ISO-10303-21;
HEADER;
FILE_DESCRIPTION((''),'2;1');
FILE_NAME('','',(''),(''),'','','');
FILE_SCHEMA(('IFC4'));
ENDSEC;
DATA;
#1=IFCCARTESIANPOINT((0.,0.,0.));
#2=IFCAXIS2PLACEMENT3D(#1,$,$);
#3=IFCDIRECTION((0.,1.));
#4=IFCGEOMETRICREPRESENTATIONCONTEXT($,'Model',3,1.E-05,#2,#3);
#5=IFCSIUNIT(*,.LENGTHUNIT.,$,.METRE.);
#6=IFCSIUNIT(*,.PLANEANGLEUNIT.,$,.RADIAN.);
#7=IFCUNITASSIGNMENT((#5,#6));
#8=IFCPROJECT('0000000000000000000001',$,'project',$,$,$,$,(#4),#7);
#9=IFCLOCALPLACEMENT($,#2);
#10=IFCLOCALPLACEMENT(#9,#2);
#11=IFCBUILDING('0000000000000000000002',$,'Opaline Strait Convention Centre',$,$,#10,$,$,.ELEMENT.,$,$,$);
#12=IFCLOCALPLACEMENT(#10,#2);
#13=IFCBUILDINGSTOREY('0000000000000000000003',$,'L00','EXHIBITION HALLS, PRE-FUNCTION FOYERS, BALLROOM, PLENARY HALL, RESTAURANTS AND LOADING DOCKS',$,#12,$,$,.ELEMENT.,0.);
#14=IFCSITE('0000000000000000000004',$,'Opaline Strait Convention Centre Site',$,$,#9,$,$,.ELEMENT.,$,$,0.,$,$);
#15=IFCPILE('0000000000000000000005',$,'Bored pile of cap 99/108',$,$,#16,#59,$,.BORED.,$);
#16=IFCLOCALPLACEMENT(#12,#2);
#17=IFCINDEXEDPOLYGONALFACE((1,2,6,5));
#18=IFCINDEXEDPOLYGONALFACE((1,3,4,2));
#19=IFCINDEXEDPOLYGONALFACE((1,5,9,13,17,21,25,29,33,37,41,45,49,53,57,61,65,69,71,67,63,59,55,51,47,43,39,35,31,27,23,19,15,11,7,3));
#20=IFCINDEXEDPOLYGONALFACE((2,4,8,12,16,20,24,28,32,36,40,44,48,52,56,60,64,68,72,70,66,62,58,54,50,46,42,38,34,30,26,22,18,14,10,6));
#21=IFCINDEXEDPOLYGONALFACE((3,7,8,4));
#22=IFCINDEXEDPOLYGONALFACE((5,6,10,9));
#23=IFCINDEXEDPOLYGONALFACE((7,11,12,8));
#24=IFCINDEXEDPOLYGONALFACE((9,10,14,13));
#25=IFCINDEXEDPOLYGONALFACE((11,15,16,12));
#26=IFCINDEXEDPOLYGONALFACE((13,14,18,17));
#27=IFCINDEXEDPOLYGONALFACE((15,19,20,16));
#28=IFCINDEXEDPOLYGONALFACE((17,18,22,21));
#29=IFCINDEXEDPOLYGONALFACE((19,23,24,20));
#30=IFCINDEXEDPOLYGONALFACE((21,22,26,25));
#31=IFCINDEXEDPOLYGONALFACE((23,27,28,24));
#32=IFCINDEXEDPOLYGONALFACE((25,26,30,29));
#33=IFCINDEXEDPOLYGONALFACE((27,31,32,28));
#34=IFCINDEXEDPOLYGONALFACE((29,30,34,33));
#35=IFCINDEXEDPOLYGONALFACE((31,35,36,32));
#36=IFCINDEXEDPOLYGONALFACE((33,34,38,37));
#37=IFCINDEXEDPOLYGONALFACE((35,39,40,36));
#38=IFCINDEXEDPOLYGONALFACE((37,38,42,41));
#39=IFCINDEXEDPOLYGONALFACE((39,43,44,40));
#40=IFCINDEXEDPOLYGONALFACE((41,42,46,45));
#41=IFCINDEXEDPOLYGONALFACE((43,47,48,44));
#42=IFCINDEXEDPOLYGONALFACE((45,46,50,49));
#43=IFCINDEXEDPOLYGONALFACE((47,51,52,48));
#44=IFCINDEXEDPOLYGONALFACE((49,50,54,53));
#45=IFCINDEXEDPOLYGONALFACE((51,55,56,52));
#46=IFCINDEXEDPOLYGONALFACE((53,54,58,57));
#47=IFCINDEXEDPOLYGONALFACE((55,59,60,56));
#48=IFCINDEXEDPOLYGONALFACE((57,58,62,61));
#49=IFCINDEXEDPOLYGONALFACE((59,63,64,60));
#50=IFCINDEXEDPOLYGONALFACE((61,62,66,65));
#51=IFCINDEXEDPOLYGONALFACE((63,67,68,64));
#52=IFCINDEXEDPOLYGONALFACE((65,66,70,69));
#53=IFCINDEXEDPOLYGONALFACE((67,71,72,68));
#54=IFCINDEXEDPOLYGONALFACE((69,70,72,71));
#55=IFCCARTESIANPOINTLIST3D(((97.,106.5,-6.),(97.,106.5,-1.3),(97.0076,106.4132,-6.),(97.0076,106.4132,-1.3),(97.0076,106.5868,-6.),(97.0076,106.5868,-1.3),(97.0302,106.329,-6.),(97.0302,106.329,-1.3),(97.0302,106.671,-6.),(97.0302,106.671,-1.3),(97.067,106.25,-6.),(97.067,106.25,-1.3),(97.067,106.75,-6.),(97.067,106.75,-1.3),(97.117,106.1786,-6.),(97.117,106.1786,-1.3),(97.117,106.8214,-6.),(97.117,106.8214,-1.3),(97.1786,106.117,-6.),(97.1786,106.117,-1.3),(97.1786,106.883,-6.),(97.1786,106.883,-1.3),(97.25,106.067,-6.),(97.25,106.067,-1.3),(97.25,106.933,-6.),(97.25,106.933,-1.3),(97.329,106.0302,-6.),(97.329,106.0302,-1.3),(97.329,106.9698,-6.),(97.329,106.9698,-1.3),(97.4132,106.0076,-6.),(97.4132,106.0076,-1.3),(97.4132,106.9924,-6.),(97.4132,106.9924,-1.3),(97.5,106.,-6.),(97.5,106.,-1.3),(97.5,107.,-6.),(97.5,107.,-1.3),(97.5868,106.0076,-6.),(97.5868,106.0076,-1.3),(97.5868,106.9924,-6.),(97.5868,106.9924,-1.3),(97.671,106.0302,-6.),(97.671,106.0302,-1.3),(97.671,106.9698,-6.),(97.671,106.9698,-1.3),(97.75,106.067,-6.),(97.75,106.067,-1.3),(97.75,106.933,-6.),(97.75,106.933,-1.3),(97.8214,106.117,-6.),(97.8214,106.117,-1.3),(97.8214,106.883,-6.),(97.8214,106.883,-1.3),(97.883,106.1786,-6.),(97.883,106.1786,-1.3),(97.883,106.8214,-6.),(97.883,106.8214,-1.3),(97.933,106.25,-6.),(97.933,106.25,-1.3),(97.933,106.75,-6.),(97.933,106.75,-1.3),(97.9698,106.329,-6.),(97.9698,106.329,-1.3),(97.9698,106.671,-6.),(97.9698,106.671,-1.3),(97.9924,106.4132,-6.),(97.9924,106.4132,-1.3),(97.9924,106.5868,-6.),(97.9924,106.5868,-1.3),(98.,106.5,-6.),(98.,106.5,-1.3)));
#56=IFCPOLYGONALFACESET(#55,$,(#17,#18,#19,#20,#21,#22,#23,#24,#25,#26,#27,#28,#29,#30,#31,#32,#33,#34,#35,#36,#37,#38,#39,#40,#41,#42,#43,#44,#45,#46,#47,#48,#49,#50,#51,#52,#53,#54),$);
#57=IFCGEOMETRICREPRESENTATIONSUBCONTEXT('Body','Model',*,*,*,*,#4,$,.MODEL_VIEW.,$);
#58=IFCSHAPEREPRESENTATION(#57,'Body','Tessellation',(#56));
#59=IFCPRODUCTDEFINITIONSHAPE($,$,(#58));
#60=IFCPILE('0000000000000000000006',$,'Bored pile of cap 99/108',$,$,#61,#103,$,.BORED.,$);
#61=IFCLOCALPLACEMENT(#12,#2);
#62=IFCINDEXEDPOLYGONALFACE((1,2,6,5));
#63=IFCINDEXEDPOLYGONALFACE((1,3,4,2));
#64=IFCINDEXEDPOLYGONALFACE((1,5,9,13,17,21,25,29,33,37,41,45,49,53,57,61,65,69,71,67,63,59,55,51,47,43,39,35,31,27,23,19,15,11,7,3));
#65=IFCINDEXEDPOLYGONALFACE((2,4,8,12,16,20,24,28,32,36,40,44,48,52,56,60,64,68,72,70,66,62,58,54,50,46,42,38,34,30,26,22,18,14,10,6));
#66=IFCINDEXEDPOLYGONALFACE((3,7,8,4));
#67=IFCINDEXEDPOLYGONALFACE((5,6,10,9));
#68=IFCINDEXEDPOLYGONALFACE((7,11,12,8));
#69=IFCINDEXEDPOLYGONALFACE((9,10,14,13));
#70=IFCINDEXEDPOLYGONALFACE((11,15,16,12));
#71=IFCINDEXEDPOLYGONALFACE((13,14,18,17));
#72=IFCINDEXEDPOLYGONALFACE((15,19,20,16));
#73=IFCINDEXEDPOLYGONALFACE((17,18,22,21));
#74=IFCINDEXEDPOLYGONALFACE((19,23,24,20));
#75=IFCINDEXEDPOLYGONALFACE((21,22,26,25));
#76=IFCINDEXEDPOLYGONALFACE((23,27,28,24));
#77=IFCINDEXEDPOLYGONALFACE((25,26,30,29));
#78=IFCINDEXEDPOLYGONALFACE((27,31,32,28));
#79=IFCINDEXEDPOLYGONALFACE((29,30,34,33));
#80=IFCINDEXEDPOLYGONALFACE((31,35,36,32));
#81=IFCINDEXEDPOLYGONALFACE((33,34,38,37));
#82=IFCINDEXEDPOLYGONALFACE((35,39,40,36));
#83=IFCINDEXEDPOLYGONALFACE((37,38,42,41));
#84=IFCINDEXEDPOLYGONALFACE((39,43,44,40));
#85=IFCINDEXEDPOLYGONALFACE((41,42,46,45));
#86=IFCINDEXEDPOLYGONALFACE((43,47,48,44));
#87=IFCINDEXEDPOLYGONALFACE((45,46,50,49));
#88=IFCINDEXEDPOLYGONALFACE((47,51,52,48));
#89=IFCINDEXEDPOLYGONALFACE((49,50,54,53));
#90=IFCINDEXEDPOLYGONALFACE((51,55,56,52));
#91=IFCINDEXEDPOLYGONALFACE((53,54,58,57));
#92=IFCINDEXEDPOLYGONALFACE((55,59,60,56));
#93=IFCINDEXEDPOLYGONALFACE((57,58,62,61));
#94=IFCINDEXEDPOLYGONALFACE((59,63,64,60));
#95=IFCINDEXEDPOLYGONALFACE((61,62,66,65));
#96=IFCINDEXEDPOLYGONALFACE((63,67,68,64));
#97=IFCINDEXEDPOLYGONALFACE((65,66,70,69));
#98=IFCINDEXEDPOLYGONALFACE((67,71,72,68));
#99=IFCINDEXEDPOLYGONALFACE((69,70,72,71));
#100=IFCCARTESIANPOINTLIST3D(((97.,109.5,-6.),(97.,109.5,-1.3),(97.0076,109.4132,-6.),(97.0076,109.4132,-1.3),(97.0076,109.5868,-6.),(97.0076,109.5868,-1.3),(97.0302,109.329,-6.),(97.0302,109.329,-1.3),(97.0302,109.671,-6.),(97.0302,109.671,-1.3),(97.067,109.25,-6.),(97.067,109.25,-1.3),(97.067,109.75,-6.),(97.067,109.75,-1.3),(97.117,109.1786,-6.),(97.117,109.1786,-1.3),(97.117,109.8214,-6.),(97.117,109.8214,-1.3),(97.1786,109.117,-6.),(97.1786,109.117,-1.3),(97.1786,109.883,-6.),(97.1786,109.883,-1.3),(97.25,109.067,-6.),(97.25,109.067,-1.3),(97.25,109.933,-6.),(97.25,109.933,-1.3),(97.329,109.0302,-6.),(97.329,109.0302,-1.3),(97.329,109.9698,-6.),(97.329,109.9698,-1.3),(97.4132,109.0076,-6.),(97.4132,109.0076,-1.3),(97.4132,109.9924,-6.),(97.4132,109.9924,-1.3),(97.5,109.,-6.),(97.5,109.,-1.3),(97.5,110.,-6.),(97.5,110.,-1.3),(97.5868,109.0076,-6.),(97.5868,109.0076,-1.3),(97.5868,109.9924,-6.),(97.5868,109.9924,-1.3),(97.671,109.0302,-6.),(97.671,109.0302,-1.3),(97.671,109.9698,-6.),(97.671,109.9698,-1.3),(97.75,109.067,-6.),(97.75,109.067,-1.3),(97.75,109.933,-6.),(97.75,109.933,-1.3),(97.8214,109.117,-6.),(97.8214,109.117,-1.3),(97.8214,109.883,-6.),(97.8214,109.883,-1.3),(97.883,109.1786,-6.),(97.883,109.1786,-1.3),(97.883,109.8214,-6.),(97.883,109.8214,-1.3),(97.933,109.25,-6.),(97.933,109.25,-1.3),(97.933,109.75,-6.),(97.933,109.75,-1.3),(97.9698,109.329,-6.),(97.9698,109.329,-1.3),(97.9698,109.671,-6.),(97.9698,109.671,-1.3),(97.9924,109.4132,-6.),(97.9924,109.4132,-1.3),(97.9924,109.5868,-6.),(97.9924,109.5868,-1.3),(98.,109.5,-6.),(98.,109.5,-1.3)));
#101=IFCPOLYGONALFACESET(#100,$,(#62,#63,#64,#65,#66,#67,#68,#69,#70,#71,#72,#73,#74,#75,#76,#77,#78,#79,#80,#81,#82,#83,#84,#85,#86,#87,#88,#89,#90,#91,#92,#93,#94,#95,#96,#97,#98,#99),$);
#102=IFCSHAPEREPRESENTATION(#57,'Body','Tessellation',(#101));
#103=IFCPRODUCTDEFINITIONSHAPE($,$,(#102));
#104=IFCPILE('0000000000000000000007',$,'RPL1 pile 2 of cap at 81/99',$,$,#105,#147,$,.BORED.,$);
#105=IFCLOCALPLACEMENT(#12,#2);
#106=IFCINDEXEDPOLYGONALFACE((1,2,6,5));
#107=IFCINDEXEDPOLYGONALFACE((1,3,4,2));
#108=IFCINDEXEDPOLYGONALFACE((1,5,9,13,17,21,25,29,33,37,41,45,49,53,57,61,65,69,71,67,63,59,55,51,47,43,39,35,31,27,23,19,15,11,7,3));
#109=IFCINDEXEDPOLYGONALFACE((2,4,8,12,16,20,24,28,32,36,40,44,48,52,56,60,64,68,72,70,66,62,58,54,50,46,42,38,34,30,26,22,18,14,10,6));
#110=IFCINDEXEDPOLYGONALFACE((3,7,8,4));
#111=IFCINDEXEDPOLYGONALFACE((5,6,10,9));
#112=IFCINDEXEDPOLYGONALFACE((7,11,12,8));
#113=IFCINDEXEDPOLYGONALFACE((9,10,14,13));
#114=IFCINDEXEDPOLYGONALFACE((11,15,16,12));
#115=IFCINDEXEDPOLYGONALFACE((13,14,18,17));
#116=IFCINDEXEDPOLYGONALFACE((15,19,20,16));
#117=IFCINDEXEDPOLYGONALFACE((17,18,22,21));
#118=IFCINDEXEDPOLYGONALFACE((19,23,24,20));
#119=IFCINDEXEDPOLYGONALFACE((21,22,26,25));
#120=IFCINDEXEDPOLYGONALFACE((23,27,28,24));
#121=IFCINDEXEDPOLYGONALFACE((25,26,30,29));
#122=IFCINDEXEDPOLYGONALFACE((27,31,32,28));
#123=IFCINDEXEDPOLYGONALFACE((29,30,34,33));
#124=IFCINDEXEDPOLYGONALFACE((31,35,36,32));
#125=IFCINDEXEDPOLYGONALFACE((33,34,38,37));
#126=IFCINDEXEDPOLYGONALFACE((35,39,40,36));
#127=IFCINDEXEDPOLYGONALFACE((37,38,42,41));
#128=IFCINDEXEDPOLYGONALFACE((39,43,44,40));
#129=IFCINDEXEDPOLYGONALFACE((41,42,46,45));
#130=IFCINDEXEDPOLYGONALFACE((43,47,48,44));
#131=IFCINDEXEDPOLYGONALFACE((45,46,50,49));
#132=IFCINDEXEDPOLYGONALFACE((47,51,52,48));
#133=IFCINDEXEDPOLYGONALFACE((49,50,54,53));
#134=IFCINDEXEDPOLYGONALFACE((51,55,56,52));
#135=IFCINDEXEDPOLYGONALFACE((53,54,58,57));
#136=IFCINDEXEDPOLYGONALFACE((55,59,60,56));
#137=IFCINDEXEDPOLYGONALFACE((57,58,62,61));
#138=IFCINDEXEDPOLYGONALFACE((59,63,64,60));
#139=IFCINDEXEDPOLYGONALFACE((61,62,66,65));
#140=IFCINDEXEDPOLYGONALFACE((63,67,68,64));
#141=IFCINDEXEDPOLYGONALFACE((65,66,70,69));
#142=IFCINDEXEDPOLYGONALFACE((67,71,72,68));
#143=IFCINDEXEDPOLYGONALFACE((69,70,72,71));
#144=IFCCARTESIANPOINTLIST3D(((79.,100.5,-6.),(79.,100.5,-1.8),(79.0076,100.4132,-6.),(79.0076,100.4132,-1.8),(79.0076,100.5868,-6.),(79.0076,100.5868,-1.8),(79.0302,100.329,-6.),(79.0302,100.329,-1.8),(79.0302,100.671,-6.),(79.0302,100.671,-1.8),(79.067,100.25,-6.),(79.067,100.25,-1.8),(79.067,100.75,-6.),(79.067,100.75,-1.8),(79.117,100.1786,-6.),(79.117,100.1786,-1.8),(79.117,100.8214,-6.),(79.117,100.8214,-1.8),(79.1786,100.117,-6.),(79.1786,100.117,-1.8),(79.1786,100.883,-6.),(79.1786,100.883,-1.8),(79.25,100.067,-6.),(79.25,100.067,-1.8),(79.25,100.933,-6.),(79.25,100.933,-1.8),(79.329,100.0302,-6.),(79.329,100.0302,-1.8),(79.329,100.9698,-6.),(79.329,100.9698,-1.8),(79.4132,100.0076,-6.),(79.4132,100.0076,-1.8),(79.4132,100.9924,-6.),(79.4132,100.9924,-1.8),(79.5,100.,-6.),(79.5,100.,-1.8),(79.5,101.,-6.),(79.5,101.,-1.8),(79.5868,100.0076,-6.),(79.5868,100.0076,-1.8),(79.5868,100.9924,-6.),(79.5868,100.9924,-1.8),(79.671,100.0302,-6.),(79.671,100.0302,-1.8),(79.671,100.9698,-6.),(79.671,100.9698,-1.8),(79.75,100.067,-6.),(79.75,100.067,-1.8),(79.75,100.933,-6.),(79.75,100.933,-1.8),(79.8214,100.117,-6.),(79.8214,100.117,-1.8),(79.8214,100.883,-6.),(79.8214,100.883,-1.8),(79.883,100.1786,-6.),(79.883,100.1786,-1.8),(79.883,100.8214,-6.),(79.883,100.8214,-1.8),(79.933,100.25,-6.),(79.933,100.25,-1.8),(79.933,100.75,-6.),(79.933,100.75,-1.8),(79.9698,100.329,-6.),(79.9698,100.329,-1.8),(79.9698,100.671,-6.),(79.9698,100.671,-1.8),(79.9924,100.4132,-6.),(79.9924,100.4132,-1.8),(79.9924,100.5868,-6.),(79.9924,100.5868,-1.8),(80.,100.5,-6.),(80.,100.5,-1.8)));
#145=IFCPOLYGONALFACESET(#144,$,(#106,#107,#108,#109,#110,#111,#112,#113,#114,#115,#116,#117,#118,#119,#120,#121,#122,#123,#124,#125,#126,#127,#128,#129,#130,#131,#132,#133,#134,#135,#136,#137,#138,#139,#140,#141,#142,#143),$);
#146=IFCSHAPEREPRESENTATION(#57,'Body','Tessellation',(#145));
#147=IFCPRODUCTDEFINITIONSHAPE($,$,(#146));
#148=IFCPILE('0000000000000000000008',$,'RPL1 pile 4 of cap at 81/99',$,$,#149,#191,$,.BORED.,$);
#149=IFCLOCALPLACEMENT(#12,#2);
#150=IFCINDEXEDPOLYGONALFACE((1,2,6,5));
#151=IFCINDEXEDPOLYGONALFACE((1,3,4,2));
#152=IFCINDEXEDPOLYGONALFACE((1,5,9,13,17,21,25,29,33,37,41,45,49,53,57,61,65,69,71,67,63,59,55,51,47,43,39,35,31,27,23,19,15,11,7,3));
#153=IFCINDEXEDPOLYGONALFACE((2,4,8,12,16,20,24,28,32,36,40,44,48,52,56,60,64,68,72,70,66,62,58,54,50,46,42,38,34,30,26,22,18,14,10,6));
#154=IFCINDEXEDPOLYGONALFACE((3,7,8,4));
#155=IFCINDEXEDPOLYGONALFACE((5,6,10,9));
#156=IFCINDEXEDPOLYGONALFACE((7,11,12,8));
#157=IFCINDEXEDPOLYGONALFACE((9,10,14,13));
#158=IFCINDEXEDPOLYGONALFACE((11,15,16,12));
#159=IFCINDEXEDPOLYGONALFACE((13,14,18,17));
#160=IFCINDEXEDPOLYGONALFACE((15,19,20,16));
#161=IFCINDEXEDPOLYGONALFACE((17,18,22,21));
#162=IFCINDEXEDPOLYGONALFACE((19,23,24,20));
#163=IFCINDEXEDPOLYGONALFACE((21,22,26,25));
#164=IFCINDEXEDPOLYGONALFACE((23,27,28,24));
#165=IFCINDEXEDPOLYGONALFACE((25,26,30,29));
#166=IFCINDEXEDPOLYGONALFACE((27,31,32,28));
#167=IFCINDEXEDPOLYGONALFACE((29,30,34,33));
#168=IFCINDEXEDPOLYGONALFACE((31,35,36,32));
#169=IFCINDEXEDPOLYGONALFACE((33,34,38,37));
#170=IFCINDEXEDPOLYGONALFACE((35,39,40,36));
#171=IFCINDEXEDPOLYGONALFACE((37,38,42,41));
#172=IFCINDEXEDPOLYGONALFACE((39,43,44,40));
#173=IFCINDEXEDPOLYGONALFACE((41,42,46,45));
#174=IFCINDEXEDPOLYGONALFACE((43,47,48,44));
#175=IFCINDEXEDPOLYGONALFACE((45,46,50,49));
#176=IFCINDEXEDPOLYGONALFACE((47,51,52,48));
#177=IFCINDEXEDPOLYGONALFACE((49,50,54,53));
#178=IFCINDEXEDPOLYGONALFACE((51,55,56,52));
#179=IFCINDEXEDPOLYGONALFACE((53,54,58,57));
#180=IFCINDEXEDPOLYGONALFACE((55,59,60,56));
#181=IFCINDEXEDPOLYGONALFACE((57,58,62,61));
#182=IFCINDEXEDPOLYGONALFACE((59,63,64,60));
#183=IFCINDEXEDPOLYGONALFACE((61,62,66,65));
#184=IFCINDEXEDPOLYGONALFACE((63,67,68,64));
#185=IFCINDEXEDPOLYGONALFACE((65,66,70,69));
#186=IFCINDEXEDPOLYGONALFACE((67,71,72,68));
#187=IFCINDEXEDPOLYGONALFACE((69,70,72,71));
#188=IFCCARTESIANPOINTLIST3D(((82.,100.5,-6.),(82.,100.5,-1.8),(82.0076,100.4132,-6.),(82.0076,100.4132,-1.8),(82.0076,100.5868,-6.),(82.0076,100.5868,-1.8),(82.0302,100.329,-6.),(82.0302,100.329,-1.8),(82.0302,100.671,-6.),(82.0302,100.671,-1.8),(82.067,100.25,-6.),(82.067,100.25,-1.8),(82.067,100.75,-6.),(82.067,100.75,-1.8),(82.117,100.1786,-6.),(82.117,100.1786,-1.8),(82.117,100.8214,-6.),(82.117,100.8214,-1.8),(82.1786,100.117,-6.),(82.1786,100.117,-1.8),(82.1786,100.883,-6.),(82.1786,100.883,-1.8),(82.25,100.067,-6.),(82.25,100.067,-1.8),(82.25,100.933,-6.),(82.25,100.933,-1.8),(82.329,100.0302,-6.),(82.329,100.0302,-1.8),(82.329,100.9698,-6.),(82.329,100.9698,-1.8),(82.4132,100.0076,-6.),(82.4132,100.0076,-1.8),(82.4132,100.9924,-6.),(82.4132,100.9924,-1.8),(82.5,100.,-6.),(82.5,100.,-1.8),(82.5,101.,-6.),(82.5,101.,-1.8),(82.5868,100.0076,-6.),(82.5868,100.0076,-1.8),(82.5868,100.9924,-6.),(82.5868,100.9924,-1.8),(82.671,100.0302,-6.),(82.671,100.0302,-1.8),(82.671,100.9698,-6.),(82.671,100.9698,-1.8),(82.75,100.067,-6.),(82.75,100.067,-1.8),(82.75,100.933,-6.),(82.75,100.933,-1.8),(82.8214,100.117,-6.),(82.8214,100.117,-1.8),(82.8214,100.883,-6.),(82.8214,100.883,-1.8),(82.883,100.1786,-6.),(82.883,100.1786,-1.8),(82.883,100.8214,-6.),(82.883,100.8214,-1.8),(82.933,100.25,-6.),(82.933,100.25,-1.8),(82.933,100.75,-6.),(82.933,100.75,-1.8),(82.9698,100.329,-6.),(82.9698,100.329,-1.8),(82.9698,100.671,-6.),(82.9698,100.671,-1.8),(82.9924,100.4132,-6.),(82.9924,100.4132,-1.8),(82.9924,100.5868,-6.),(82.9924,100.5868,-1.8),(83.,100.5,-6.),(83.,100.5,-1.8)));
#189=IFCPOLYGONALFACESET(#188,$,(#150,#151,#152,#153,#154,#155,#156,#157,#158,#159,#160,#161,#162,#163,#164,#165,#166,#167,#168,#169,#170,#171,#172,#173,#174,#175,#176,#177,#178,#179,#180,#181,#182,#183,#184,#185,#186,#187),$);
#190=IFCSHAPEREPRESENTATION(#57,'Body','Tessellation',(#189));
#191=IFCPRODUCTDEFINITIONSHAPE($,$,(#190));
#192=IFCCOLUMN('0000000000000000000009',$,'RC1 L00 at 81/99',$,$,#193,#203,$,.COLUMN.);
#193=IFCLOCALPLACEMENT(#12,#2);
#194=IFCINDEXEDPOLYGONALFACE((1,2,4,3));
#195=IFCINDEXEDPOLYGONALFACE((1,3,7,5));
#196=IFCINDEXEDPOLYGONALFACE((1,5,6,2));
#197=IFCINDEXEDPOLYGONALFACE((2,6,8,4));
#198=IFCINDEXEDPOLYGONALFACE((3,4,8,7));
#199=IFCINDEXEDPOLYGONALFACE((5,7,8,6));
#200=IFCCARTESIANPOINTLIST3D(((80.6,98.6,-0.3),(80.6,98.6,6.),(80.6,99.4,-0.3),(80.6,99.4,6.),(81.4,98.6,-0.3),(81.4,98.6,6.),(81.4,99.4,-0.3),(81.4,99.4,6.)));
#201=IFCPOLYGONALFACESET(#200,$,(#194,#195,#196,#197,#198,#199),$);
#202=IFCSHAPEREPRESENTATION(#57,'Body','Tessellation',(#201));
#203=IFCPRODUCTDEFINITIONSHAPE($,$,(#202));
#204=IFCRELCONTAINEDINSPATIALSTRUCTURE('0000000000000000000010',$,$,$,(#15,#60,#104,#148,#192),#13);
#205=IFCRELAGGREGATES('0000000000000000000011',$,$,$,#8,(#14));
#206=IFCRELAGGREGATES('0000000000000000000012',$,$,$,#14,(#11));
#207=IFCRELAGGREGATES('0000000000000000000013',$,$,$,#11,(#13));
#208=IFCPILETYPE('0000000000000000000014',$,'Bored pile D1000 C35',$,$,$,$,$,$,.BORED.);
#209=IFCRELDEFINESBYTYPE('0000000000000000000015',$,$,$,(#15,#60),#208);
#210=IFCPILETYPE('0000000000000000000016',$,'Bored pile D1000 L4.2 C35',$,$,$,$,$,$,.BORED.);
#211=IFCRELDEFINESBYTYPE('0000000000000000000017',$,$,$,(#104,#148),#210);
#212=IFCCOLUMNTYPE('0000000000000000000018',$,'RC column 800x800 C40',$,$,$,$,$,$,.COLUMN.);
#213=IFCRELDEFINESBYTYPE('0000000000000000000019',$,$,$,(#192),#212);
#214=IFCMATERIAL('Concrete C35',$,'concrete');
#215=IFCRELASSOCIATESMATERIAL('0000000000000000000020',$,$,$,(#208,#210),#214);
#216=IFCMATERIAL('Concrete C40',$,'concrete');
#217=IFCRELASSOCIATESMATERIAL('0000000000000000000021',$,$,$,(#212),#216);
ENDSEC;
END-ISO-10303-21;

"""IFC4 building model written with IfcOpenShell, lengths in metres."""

from ifc_helpers import new_model, si_unit, direction, frame, origin, origin_2d, place, context, subcontext, project, spatial, rectangle, circle, extrude, material, material_profile, profile_set, type_object, element, save


model = new_model("IFC4")

# Units and contexts
model_context = context("Model", 3, precision=1e-05, world=origin(), true_north=direction((0.0, 1.0)))
body_context = subcontext(model_context, "Body", "Model", "MODEL_VIEW")
ifc_project = project(units=[si_unit("LENGTHUNIT", "METRE"), si_unit("PLANEANGLEUNIT", "RADIAN")], contexts=[model_context])

# Site, building, storey
site_placement = place(None, origin())
site = spatial("IfcSite", under=ifc_project, at=site_placement, Name="Opaline Strait Convention Centre Site", CompositionType="ELEMENT", RefElevation=0.0)
building_placement = place(site_placement, origin())
building = spatial("IfcBuilding", under=site, at=building_placement, Name="Opaline Strait Convention Centre", CompositionType="ELEMENT")
storey_placement = place(building_placement, origin())
storey = spatial("IfcBuildingStorey", under=building, at=storey_placement, Name="L00", Description="EXHIBITION HALLS, PRE-FUNCTION FOYERS, BALLROOM, PLENARY HALL, RESTAURANTS AND LOADING DOCKS", CompositionType="ELEMENT", Elevation=0.0)

# Piles
ifc_material_1 = material(Name="Concrete C35", Category="concrete")
ifc_material_profile_1 = material_profile(ifc_material_1, circle(Radius=0.5, at=origin_2d()), Name="D1000")
ifc_profile_set_1 = profile_set([ifc_material_profile_1], Name="Concrete C35")
pile_type_1 = type_object("IfcPileType", Name="Bored pile D1000 C35", PredefinedType="BORED", material=ifc_profile_set_1)
for number, where, z_axis, x_axis, name in (
    (1, (97.5, 106.5, -1.3), (0.0, 0.0, -1.0), (1.0, 0.0, 0.0), "Bored pile of cap 99/108"),
    (2, (97.5, 109.5, -1.3), (0.0, 0.0, -1.0), (1.0, 0.0, 0.0), "Bored pile of cap 99/108"),
):
    element("IfcPile", number, at=place(storey_placement, frame(where, z_axis=z_axis, x_axis=x_axis)), inside=storey, type_object=pile_type_1, Name=name, PredefinedType="BORED", context=body_context, shape_type="SweptSolid", body=[
        extrude(circle(Radius=0.5, at=origin_2d()), origin(), (0.0, 0.0, 1.0), 4.7),
    ])
ifc_material_profile_2 = material_profile(ifc_material_1, circle(Radius=0.5, at=origin_2d()), Name="D1000")
ifc_profile_set_2 = profile_set([ifc_material_profile_2], Name="Concrete C35")
pile_type_2 = type_object("IfcPileType", Name="Bored pile D1000 L4.2 C35", PredefinedType="BORED", material=ifc_profile_set_2)
for number, where, z_axis, x_axis, name in (
    (3, (79.5, 100.5, -1.8), (0.0, 0.0, -1.0), (1.0, 0.0, 0.0), "RPL1 pile 2 of cap at 81/99"),
    (4, (82.5, 100.5, -1.8), (0.0, 0.0, -1.0), (1.0, 0.0, 0.0), "RPL1 pile 4 of cap at 81/99"),
):
    element("IfcPile", number, at=place(storey_placement, frame(where, z_axis=z_axis, x_axis=x_axis)), inside=storey, type_object=pile_type_2, Name=name, PredefinedType="BORED", context=body_context, shape_type="SweptSolid", body=[
        extrude(circle(Radius=0.5, at=origin_2d()), origin(), (0.0, 0.0, 1.0), 4.2),
    ])

# Column
ifc_material_2 = material(Name="Concrete C40", Category="concrete")
ifc_material_profile_3 = material_profile(ifc_material_2, rectangle(XDim=0.8, YDim=0.8, at=origin_2d()), Name="RC 800x800")
ifc_profile_set_3 = profile_set([ifc_material_profile_3], Name="Concrete C40")
column_type = type_object("IfcColumnType", Name="RC column 800x800 C40", PredefinedType="COLUMN", material=ifc_profile_set_3)
column_placement = place(storey_placement, frame((81.0, 99.0, -0.3), z_axis=(0.0, 0.0, 1.0), x_axis=(1.0, 0.0, 0.0)))
element("IfcColumn", 5, at=column_placement, inside=storey, type_object=column_type, Name="RC1 L00 at 81/99", PredefinedType="COLUMN", context=body_context, shape_type="SweptSolid", body=[
    extrude(rectangle(XDim=0.8, YDim=0.8, at=origin_2d()), origin(), (0.0, 0.0, 1.0), 6.3),
])

save(model, "model.ifc")
